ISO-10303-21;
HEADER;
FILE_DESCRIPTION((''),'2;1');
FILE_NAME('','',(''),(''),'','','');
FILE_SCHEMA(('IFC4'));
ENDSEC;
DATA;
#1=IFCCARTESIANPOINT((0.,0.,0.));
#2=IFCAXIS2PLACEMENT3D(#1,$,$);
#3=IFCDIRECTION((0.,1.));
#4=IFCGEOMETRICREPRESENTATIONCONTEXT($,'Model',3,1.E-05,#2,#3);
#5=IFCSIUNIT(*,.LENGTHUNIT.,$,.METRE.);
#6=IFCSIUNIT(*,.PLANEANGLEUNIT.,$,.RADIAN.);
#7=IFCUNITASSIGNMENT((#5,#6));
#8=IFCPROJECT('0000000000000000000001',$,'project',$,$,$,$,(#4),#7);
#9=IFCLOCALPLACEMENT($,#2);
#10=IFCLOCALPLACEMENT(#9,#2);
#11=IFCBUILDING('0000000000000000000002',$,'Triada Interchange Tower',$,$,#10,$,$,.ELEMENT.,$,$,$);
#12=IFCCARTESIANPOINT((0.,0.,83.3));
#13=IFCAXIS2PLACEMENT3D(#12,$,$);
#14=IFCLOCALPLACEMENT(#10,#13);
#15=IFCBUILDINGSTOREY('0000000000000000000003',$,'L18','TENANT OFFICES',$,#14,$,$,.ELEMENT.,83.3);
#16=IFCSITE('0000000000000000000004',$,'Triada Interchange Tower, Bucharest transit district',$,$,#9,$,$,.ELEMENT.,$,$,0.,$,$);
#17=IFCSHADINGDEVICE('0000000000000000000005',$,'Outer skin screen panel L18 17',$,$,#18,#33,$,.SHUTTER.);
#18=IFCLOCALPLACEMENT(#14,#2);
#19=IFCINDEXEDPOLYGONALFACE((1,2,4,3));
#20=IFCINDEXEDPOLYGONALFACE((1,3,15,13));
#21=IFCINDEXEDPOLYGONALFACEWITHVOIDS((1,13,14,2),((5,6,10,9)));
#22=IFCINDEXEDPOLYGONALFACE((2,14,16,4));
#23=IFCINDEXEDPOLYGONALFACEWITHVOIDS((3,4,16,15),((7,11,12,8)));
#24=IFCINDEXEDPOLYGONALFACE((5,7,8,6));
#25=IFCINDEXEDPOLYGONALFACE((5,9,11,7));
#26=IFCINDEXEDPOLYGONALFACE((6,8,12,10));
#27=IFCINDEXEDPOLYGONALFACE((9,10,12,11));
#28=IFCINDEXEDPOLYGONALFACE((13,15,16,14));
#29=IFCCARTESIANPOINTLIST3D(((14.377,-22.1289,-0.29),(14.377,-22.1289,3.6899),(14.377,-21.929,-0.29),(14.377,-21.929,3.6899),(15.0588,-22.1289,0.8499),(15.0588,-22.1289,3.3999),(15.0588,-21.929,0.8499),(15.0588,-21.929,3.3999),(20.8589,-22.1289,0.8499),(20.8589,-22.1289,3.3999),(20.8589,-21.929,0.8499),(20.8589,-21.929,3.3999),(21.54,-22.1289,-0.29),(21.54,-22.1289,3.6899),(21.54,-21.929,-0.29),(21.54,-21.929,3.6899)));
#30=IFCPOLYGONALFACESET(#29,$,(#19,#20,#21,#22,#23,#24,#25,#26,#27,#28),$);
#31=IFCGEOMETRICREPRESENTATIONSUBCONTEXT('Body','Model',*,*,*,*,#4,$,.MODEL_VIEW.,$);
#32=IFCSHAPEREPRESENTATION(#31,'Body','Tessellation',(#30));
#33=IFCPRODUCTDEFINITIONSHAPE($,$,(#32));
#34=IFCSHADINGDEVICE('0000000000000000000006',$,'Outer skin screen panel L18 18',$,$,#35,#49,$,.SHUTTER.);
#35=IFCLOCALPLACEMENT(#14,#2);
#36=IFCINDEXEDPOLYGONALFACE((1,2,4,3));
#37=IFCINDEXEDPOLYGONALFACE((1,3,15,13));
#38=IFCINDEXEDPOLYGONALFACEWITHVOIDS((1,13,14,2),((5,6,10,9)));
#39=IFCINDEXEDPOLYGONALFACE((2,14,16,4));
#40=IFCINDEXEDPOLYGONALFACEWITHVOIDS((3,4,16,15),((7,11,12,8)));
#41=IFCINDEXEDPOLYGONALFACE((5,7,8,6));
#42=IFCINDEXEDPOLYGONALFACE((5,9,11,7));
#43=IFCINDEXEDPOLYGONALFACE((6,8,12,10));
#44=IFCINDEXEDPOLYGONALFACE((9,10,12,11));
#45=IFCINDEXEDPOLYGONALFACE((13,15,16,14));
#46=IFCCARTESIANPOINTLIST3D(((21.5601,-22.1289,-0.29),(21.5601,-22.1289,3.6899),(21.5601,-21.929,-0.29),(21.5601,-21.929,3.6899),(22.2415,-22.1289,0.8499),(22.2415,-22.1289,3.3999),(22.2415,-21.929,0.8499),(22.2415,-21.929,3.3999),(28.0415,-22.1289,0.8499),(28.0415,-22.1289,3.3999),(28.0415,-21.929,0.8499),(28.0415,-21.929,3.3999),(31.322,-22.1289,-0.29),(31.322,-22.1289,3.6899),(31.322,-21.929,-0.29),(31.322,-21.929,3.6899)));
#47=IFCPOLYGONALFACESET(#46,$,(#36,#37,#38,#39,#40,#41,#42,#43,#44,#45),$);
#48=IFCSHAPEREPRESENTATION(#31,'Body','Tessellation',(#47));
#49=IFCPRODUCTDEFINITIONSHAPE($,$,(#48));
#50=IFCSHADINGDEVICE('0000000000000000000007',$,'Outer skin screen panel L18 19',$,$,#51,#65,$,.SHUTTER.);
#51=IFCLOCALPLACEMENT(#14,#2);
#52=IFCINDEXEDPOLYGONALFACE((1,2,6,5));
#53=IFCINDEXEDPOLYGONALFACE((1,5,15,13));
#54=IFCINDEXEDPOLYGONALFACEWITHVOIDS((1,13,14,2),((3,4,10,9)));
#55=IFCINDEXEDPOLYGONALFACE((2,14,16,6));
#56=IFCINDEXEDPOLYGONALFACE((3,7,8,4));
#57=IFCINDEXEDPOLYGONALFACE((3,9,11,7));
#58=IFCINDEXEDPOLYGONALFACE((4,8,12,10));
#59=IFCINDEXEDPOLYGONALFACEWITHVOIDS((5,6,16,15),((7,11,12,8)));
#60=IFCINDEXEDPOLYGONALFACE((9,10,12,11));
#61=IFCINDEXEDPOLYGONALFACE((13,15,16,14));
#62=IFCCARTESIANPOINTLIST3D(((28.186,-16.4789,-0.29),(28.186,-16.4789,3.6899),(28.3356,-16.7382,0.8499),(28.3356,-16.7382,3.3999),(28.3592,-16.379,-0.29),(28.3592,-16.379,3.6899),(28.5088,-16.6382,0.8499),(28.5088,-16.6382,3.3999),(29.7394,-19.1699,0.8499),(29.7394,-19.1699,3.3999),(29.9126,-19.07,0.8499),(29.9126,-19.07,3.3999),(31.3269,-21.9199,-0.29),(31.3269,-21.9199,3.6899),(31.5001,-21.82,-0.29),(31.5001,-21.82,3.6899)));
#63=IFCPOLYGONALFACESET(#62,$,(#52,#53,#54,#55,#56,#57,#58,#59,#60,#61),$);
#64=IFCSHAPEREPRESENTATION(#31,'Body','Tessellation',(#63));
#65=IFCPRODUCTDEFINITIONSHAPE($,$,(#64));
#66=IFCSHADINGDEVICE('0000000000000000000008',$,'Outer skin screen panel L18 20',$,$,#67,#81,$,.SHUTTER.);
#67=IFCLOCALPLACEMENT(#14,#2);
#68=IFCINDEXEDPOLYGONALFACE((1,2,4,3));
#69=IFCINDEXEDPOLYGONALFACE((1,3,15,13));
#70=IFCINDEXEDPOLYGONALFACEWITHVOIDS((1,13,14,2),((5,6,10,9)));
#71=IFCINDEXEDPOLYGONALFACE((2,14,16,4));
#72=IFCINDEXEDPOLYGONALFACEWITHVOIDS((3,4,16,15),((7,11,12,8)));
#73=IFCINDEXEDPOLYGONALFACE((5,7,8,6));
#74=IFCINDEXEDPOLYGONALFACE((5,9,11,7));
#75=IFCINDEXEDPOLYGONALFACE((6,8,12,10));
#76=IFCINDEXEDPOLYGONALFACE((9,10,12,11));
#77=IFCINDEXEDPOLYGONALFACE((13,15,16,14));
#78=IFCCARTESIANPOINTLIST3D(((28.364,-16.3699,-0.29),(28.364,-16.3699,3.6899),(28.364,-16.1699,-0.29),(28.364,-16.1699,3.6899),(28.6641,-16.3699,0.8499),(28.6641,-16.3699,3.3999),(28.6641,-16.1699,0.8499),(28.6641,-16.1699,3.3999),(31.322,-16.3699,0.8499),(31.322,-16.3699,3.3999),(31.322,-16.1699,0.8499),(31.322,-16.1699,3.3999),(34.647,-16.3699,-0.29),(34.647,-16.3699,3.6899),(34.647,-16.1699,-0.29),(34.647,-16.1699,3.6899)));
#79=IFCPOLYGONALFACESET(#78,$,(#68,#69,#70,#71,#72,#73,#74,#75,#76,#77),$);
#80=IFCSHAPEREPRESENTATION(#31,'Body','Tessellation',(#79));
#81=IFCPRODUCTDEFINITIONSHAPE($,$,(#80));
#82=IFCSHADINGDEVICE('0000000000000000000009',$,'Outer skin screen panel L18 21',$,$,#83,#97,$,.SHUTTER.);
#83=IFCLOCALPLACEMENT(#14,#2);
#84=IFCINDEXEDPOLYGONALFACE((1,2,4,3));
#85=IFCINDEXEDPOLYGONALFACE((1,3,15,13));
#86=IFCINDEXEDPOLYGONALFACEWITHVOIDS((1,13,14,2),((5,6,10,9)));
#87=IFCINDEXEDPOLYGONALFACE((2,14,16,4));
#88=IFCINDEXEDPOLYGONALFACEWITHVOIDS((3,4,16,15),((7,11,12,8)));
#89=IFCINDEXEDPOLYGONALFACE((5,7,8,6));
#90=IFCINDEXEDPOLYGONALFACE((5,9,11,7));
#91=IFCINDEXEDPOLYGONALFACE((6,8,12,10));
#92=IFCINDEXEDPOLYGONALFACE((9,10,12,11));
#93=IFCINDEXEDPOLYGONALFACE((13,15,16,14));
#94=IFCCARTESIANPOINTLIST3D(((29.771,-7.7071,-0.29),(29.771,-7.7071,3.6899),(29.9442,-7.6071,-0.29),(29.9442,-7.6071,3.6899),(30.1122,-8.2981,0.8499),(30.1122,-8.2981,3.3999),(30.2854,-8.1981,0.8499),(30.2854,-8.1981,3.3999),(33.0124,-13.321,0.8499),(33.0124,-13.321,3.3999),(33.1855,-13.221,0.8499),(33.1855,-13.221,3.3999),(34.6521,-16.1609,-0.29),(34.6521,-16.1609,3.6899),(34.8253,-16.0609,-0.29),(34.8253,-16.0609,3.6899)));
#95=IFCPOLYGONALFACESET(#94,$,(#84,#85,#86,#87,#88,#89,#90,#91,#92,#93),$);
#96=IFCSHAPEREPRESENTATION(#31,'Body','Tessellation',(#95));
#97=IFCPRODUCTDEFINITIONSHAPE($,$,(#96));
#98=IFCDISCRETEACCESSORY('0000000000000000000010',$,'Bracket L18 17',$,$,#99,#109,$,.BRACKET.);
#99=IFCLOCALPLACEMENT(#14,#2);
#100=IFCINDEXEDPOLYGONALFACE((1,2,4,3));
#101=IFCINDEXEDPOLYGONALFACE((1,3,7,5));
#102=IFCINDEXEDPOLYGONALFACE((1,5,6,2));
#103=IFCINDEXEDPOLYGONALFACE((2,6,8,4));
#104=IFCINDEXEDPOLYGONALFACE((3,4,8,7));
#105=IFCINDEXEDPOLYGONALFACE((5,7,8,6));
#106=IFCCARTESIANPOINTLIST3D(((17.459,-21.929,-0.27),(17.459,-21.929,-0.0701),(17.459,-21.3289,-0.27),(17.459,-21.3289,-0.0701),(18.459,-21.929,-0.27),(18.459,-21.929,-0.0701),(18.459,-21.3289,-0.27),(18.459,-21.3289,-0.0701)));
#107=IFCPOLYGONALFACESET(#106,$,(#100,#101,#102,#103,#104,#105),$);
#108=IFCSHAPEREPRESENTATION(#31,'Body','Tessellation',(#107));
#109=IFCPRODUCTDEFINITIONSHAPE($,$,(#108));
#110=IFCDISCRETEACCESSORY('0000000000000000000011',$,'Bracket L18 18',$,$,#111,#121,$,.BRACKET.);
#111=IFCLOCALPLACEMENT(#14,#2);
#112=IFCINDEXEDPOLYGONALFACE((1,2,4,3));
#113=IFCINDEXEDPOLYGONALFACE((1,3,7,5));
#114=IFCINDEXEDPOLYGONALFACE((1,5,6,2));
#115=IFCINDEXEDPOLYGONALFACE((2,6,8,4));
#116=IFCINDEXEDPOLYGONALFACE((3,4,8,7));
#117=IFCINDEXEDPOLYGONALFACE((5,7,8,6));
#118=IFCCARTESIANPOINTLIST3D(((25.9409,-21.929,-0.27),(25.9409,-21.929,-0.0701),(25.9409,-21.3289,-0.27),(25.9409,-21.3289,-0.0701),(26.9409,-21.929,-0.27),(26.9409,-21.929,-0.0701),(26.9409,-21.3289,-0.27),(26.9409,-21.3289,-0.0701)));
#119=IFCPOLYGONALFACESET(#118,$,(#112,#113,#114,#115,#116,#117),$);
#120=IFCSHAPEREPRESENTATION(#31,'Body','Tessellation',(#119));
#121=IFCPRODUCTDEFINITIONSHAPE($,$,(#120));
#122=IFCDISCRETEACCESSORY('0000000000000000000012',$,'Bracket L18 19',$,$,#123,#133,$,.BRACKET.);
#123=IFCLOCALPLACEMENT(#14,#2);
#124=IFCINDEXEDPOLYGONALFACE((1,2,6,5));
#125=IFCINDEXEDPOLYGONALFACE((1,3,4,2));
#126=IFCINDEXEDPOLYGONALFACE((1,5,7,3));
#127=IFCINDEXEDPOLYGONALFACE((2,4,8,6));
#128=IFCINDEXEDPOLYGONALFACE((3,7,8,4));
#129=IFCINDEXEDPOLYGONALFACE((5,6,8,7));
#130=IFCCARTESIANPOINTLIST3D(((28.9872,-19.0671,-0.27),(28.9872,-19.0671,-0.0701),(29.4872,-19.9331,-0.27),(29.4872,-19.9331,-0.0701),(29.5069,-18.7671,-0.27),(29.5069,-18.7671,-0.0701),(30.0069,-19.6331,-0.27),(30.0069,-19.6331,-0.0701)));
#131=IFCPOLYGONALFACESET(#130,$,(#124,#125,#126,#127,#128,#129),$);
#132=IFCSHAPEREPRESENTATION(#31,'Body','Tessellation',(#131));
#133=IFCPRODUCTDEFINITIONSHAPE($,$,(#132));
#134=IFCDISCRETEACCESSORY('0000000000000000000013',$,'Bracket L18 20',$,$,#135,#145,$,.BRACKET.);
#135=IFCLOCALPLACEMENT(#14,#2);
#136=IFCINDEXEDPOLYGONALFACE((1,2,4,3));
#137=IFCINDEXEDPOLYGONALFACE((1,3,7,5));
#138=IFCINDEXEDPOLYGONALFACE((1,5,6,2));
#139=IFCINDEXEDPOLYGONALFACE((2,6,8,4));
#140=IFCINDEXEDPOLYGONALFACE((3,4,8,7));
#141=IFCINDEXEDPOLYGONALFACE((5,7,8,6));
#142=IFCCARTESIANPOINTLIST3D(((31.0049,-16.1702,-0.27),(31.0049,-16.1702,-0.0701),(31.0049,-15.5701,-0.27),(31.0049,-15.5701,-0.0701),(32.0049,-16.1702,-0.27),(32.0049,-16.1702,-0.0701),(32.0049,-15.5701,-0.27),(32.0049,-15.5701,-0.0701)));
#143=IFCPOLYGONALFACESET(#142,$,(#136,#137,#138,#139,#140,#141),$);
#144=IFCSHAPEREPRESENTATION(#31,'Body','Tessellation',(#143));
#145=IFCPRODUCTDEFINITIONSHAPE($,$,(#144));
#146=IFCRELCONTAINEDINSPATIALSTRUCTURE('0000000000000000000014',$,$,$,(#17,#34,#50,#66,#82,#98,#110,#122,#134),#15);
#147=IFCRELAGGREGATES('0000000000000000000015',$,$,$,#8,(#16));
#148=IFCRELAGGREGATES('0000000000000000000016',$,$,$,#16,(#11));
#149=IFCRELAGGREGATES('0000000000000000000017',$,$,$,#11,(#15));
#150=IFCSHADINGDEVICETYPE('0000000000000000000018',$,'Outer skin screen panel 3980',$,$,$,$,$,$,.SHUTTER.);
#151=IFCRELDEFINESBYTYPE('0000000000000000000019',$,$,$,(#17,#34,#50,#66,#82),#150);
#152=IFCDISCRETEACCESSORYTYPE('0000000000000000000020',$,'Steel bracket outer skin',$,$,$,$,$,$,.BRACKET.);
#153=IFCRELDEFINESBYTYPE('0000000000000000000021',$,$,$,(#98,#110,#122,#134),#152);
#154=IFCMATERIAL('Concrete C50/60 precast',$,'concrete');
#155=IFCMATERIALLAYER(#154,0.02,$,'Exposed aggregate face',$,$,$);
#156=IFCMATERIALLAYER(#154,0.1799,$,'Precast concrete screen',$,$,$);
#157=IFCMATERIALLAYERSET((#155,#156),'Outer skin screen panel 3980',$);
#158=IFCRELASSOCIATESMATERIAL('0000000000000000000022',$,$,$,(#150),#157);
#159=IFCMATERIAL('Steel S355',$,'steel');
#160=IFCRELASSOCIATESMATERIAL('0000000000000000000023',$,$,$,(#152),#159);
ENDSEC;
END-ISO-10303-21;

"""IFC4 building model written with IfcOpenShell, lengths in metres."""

from ifc_helpers import new_model, si_unit, direction, frame, origin, origin_2d, place, context, subcontext, project, spatial, polyline, rectangle, outline, extrude, material, layer, layer_set, type_object, element, save


model = new_model("IFC4")

# Units and contexts
model_context = context("Model", 3, precision=1e-05, world=origin(), true_north=direction((0.0, 1.0)))
body_context = subcontext(model_context, "Body", "Model", "MODEL_VIEW")
ifc_project = project(units=[si_unit("LENGTHUNIT", "METRE"), si_unit("PLANEANGLEUNIT", "RADIAN")], contexts=[model_context])

# Site, building, storey
site_placement = place(None, origin())
site = spatial("IfcSite", under=ifc_project, at=site_placement, Name="Triada Interchange Tower, Bucharest transit district", CompositionType="ELEMENT", RefElevation=0.0)
building_placement = place(site_placement, origin())
building = spatial("IfcBuilding", under=site, at=building_placement, Name="Triada Interchange Tower", CompositionType="ELEMENT")
storey_placement = place(building_placement, frame((0.0, 0.0, 83.3)))
storey = spatial("IfcBuildingStorey", under=building, at=storey_placement, Name="L18", Description="TENANT OFFICES", CompositionType="ELEMENT", Elevation=83.3)

# Shading devices
ifc_material_1 = material(Name="Concrete C50/60 precast", Category="concrete")
ifc_layer_1 = layer(ifc_material_1, 0.02, Name="Exposed aggregate face")
ifc_layer_2 = layer(ifc_material_1, 0.1799, Name="Precast concrete screen")
ifc_layer_set_1 = layer_set([ifc_layer_1, ifc_layer_2], Name="Outer skin screen panel 3980")
shading_device_type = type_object("IfcShadingDeviceType", Name="Outer skin screen panel 3980", PredefinedType="SHUTTER", material=ifc_layer_set_1)
shading_device_1_placement = place(storey_placement, frame((14.377, -21.929, -0.29), z_axis=(0.0, 0.0, 1.0), x_axis=(1.0, 0.0, 0.0)))
element("IfcShadingDevice", 1, at=shading_device_1_placement, inside=storey, type_object=shading_device_type, Name="Outer skin screen panel L18 17", PredefinedType="SHUTTER", context=body_context, shape_type="SweptSolid", body=[
    extrude(outline(polyline([(0.0, 0.0), (7.1631, 0.0), (7.1631, 3.98), (0.0, 3.98), (0.0, 0.0)]), holes=[polyline([(0.6819, 1.1399), (0.6819, 3.6899), (6.4819, 3.6899), (6.4819, 1.1399), (0.6819, 1.1399)])]), frame((0.0, 0.0, 0.0), z_axis=(0.0, -1.0, 0.0), x_axis=(1.0, 0.0, 0.0)), (0.0, 0.0, 1.0), 0.2),
])
shading_device_2_placement = place(storey_placement, frame((21.5601, -21.929, -0.29), z_axis=(0.0, 0.0, 1.0), x_axis=(1.0, 0.0, 0.0)))
element("IfcShadingDevice", 2, at=shading_device_2_placement, inside=storey, type_object=shading_device_type, Name="Outer skin screen panel L18 18", PredefinedType="SHUTTER", context=body_context, shape_type="SweptSolid", body=[
    extrude(outline(polyline([(0.0, 0.0), (9.762, 0.0), (9.762, 3.98), (0.0, 3.98), (0.0, 0.0)]), holes=[polyline([(0.6814, 1.1399), (0.6814, 3.6899), (6.4814, 3.6899), (6.4814, 1.1399), (0.6814, 1.1399)])]), frame((0.0, 0.0, 0.0), z_axis=(0.0, -1.0, 0.0), x_axis=(1.0, 0.0, 0.0)), (0.0, 0.0, 1.0), 0.2),
])
shading_device_3_placement = place(storey_placement, frame((31.3269, -21.9199, -0.29), z_axis=(0.0, 0.0, 1.0), x_axis=(-0.499947, 0.866056, 0.0)))
element("IfcShadingDevice", 3, at=shading_device_3_placement, inside=storey, type_object=shading_device_type, Name="Outer skin screen panel L18 19", PredefinedType="SHUTTER", context=body_context, shape_type="SweptSolid", body=[
    extrude(outline(polyline([(0.0, 0.0), (6.2825, 0.0), (6.2825, 3.98), (0.0, 3.98), (0.0, 0.0)]), holes=[polyline([(3.1753, 1.1399), (3.1753, 3.6899), (5.9832, 3.6899), (5.9832, 1.1399), (3.1753, 1.1399)])]), frame((0.0, 0.0, 0.0), z_axis=(0.0, -1.0, 0.0), x_axis=(1.0, 0.0, 0.0)), (0.0, 0.0, 1.0), 0.2),
])
shading_device_4_placement = place(storey_placement, frame((28.364, -16.1699, -0.29), z_axis=(0.0, 0.0, 1.0), x_axis=(1.0, 0.0, 0.0)))
element("IfcShadingDevice", 4, at=shading_device_4_placement, inside=storey, type_object=shading_device_type, Name="Outer skin screen panel L18 20", PredefinedType="SHUTTER", context=body_context, shape_type="SweptSolid", body=[
    extrude(outline(polyline([(0.0, 0.0), (6.283, 0.0), (6.283, 3.98), (0.0, 3.98), (0.0, 0.0)]), holes=[polyline([(0.3, 1.1399), (0.3, 3.6899), (2.958, 3.6899), (2.958, 1.1399), (0.3, 1.1399)])]), frame((0.0, 0.0, 0.0), z_axis=(0.0, -1.0, 0.0), x_axis=(1.0, 0.0, 0.0)), (0.0, 0.0, 1.0), 0.2),
])
shading_device_5_placement = place(storey_placement, frame((34.6521, -16.1609, -0.29), z_axis=(0.0, 0.0, 1.0), x_axis=(-0.50002, 0.866014, 0.0)))
element("IfcShadingDevice", 5, at=shading_device_5_placement, inside=storey, type_object=shading_device_type, Name="Outer skin screen panel L18 21", PredefinedType="SHUTTER", context=body_context, shape_type="SweptSolid", body=[
    extrude(outline(polyline([(0.0, 0.0), (9.7617, 0.0), (9.7617, 3.98), (0.0, 3.98), (0.0, 0.0)]), holes=[polyline([(3.2793, 1.1399), (3.2793, 3.6899), (9.0793, 3.6899), (9.0793, 1.1399), (3.2793, 1.1399)])]), frame((0.0, 0.0, 0.0), z_axis=(0.0, -1.0, 0.0), x_axis=(1.0, 0.0, 0.0)), (0.0, 0.0, 1.0), 0.2),
])

# Discrete accessories
ifc_material_2 = material(Name="Steel S355", Category="steel")
discrete_accessory_type = type_object("IfcDiscreteAccessoryType", Name="Steel bracket outer skin", PredefinedType="BRACKET", material=ifc_material_2)
for number, where, z_axis, x_axis, name in (
    (6, (17.959, -21.6289, -0.27), (0.0, 0.0, 1.0), (0.0, -1.0, 0.0), "Bracket L18 17"),
    (7, (26.4409, -21.6289, -0.27), (0.0, 0.0, 1.0), (0.0, -1.0, 0.0), "Bracket L18 18"),
    (8, (29.4971, -19.3501, -0.27), (0.0, 0.0, 1.0), (0.866023, 0.500004, 0.0), "Bracket L18 19"),
    (9, (31.5049, -15.8701, -0.27), (0.0, 0.0, 1.0), (0.0, -1.0, 0.0), "Bracket L18 20"),
):
    element("IfcDiscreteAccessory", number, at=place(storey_placement, frame(where, z_axis=z_axis, x_axis=x_axis)), inside=storey, type_object=discrete_accessory_type, Name=name, PredefinedType="BRACKET", context=body_context, shape_type="SweptSolid", body=[
        extrude(rectangle(XDim=0.6001, YDim=1.0, at=origin_2d()), origin(), (0.0, 0.0, 1.0), 0.2),
    ])

save(model, "model.ifc")
